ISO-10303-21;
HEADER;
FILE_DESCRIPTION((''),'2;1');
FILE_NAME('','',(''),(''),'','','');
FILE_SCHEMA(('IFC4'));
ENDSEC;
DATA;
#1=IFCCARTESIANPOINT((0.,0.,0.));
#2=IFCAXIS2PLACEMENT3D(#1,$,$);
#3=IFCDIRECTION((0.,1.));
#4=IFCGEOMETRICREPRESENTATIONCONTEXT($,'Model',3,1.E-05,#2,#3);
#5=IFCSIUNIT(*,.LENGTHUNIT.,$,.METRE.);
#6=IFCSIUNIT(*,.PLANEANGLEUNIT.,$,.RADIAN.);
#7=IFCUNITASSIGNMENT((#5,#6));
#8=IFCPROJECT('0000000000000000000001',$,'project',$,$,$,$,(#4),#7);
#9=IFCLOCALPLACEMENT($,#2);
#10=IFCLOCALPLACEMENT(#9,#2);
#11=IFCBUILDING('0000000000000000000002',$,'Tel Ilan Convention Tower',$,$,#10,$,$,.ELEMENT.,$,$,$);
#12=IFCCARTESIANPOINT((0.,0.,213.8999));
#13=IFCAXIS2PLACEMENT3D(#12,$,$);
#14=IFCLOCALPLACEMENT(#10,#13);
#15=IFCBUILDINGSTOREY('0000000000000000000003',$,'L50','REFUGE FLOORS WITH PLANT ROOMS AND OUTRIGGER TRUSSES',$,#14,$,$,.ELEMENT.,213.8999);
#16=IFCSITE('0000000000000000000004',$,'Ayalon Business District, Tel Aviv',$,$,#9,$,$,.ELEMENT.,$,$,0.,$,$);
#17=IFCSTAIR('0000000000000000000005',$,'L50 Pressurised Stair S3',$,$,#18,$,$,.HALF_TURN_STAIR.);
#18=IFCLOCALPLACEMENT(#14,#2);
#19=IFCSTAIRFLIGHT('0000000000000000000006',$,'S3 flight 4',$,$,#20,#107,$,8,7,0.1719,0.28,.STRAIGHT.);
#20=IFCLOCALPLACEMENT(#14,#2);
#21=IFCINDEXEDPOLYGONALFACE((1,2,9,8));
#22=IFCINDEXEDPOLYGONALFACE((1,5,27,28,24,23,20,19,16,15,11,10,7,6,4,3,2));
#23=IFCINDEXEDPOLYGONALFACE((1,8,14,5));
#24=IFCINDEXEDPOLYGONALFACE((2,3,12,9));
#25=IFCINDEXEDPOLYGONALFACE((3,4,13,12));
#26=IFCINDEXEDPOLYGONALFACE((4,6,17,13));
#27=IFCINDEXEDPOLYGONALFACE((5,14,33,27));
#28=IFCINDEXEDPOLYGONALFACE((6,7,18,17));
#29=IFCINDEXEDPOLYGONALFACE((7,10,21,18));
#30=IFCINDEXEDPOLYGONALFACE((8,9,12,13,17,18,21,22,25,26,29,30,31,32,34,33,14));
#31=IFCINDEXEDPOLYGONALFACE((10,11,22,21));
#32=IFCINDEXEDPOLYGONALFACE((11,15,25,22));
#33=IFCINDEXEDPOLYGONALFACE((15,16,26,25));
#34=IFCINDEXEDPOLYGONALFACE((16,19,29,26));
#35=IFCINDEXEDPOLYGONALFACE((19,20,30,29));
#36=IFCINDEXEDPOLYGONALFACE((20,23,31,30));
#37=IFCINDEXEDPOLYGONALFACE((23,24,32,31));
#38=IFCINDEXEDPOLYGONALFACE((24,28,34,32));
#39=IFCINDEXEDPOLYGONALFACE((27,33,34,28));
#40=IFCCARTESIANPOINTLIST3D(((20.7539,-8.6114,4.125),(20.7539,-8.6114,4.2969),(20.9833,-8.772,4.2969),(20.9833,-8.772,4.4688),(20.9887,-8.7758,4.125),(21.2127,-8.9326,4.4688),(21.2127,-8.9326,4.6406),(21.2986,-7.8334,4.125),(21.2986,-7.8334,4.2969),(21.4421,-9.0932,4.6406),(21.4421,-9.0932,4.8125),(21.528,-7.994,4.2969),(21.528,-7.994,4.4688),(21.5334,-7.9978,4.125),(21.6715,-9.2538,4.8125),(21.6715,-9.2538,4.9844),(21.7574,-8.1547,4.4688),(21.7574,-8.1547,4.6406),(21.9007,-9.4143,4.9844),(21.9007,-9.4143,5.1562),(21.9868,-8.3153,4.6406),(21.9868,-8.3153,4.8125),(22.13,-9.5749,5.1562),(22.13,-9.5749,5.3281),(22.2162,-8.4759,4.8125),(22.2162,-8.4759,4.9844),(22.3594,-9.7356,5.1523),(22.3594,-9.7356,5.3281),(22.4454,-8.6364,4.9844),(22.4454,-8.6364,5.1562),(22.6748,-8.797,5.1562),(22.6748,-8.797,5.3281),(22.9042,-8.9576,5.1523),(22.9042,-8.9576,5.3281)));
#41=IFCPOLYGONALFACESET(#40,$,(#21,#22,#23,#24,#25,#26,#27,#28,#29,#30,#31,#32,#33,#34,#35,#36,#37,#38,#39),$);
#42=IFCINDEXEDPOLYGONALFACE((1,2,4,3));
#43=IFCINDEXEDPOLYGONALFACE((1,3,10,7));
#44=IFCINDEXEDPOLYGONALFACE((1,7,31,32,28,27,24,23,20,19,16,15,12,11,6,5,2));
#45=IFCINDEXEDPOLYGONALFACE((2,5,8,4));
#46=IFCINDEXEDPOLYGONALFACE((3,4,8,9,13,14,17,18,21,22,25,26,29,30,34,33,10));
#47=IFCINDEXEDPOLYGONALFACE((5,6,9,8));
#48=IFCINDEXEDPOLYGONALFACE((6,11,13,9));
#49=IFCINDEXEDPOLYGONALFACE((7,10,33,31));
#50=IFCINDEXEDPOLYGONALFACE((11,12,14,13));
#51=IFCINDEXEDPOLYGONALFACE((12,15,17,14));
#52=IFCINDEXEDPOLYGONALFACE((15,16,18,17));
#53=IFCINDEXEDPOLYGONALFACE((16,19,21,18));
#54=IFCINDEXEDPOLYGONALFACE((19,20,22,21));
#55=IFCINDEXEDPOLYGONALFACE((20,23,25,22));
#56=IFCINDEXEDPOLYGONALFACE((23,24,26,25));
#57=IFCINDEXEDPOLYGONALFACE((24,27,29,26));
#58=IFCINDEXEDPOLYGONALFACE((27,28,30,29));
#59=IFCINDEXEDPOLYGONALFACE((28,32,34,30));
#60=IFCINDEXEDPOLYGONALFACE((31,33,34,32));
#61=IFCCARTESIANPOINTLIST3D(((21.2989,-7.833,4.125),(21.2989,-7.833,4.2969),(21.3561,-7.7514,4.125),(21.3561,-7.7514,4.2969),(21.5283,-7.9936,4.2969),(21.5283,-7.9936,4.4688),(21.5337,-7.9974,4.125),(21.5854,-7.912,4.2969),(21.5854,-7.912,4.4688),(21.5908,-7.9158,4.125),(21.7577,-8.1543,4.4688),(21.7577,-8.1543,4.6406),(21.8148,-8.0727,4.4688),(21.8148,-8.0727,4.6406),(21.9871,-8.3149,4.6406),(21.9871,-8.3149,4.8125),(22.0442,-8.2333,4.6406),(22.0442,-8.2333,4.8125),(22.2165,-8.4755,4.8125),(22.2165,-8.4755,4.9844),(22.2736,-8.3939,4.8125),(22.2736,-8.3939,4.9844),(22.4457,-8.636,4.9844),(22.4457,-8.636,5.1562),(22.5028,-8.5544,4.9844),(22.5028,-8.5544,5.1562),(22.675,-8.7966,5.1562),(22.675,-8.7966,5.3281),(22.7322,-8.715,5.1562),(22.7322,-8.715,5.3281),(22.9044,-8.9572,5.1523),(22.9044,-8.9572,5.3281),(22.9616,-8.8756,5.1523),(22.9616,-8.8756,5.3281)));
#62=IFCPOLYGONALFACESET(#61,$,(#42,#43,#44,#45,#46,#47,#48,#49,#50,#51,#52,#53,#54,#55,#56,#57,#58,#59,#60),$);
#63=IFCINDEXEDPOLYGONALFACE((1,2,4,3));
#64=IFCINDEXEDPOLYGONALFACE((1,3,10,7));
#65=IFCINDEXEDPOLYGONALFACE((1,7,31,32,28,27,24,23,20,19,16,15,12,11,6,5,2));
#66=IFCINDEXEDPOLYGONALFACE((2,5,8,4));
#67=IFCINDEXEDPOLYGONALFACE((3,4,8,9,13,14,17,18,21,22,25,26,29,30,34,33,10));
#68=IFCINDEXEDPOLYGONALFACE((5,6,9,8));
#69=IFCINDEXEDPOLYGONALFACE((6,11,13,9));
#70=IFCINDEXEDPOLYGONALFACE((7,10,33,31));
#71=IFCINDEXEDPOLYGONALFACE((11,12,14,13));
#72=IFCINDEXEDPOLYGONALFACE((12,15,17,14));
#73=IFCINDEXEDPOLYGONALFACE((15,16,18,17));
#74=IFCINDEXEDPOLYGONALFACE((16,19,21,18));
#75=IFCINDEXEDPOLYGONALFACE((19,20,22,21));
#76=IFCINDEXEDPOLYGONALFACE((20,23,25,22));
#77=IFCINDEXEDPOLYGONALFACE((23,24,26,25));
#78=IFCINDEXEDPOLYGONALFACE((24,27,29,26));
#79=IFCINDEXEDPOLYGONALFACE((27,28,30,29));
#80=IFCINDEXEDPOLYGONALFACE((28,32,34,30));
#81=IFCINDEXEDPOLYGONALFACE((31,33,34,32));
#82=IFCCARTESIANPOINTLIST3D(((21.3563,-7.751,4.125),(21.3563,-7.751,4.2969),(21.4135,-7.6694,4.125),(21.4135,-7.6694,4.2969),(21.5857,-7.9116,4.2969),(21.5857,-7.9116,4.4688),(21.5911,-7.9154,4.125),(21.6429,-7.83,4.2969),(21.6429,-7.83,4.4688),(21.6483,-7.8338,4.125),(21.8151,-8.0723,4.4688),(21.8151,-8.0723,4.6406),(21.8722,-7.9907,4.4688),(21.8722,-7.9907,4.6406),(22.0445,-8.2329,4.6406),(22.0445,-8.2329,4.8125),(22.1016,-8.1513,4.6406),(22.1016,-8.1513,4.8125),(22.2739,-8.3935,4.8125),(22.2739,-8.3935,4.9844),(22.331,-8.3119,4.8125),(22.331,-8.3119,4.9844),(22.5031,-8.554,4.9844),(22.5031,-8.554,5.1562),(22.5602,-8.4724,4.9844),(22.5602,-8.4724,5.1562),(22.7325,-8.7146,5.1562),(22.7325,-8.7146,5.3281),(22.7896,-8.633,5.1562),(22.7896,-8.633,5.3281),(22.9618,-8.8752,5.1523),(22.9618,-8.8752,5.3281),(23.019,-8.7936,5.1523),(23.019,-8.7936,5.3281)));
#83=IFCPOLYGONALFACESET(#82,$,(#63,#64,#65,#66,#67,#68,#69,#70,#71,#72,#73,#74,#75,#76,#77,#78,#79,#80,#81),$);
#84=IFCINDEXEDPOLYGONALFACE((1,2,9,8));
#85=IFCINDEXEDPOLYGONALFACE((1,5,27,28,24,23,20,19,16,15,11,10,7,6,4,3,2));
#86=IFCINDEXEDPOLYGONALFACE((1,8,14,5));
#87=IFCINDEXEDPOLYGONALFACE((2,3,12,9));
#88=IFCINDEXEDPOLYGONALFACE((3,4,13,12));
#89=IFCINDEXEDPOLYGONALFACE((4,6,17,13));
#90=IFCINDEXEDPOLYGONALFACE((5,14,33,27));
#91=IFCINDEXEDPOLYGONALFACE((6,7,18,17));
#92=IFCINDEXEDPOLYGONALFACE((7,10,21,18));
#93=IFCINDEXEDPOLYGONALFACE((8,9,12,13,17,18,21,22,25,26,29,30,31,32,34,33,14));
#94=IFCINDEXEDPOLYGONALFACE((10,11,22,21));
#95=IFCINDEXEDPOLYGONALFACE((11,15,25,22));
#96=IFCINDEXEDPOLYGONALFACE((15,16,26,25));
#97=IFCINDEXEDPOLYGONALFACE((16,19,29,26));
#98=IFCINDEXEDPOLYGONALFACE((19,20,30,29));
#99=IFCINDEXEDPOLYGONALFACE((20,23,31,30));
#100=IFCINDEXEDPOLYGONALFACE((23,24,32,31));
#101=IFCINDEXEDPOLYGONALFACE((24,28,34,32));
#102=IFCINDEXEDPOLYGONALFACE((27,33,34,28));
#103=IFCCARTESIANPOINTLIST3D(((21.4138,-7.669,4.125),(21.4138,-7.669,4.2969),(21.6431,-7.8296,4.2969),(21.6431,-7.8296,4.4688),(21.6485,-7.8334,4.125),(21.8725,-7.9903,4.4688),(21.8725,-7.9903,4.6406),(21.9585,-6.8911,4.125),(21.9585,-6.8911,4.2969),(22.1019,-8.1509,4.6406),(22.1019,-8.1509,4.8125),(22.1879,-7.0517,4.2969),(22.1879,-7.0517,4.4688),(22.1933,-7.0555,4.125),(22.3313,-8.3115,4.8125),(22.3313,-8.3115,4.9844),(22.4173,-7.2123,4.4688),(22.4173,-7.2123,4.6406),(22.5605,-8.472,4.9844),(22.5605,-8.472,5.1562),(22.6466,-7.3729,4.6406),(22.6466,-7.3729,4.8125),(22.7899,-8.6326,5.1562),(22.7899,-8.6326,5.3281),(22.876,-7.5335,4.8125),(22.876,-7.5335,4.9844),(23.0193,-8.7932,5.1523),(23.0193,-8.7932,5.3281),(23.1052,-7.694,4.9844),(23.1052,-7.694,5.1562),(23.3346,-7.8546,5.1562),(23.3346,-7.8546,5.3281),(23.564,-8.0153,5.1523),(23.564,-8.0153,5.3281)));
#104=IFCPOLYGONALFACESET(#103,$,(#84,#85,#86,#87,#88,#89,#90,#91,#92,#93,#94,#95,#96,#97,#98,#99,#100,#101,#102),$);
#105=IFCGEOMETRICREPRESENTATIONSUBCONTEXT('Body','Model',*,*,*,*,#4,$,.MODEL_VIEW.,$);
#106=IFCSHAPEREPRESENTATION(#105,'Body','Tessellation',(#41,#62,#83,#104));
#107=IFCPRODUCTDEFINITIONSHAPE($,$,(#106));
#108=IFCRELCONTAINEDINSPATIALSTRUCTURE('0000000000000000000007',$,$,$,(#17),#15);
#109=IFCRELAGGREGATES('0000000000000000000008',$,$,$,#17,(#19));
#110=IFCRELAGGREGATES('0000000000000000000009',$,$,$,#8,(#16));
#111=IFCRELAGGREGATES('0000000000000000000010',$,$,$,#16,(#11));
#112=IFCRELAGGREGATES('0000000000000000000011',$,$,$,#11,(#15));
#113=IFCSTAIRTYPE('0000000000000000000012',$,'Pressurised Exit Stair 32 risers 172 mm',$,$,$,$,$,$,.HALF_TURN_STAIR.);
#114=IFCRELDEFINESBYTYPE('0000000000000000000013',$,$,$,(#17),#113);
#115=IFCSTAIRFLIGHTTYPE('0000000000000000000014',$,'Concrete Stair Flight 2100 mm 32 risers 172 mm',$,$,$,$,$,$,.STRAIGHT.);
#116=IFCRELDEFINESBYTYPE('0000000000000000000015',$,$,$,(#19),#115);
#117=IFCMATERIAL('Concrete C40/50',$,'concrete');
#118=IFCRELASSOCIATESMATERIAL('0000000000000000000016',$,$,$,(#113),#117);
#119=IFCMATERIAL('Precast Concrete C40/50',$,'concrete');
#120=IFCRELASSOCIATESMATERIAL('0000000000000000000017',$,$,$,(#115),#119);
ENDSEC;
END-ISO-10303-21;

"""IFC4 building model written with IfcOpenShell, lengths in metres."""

from ifc_helpers import new_model, si_unit, direction, frame, origin, place, context, subcontext, project, spatial, polyline, outline, extrude, material, type_object, element, aggregate, save


model = new_model("IFC4")

# Units and contexts
model_context = context("Model", 3, precision=1e-05, world=origin(), true_north=direction((0.0, 1.0)))
body_context = subcontext(model_context, "Body", "Model", "MODEL_VIEW")
ifc_project = project(units=[si_unit("LENGTHUNIT", "METRE"), si_unit("PLANEANGLEUNIT", "RADIAN")], contexts=[model_context])

# Site, building, storey
site_placement = place(None, origin())
site = spatial("IfcSite", under=ifc_project, at=site_placement, Name="Ayalon Business District, Tel Aviv", CompositionType="ELEMENT", RefElevation=0.0)
building_placement = place(site_placement, origin())
building = spatial("IfcBuilding", under=site, at=building_placement, Name="Tel Ilan Convention Tower", CompositionType="ELEMENT")
storey_placement = place(building_placement, frame((0.0, 0.0, 213.8999)))
storey = spatial("IfcBuildingStorey", under=building, at=storey_placement, Name="L50", Description="REFUGE FLOORS WITH PLANT ROOMS AND OUTRIGGER TRUSSES", CompositionType="ELEMENT", Elevation=213.8999)

# Stair, stair flight
ifc_material_1 = material(Name="Concrete C40/50", Category="concrete")
stair_type = type_object("IfcStairType", Name="Pressurised Exit Stair 32 risers 172 mm", PredefinedType="HALF_TURN_STAIR", material=ifc_material_1)
stair_1_placement = place(storey_placement, origin())
stair_1 = element("IfcStair", 1, at=stair_1_placement, inside=storey, type_object=stair_type, Name="L50 Pressurised Stair S3", PredefinedType="HALF_TURN_STAIR")
ifc_material_2 = material(Name="Precast Concrete C40/50", Category="concrete")
stair_flight_type = type_object("IfcStairFlightType", Name="Concrete Stair Flight 2100 mm 32 risers 172 mm", PredefinedType="STRAIGHT", material=ifc_material_2)
stair_flight_1_placement = place(storey_placement, frame((21.3562, -7.7512, 4.125), z_axis=(0.0, 0.0, 1.0), x_axis=(0.819152, -0.573576, 0.0)))
stair_flight_1 = element("IfcStairFlight", 2, at=stair_flight_1_placement, type_object=stair_flight_type, Name="S3 flight 4", NumberOfRisers=8, NumberOfTreads=7, PredefinedType="STRAIGHT", RiserHeight=0.1719, TreadLength=0.28, context=body_context, shape_type="SweptSolid", body=[
    extrude(outline(polyline([(0.0, 0.0), (0.0, 0.1719), (0.28, 0.1719), (0.28, 0.3438), (0.5601, 0.3438), (0.5601, 0.5156), (0.8401, 0.5156), (0.8401, 0.6875), (1.1201, 0.6875), (1.1201, 0.8594), (1.3999, 0.8594), (1.3999, 1.0312), (1.6799, 1.0312), (1.6799, 1.2031), (1.96, 1.2031), (1.96, 1.375), (1.96, 1.0273), (0.2866, 0.0), (0.0, 0.0)])), frame((0.0, -0.1003, 0.0), z_axis=(0.0, -1.0, 0.0), x_axis=(1.0, 0.0, 0.0)), (0.0, 0.0, 1.0), 0.9497),
    extrude(outline(polyline([(0.0, 0.0), (0.0, 0.1719), (0.28, 0.1719), (0.28, 0.3438), (0.5601, 0.3438), (0.5601, 0.5156), (0.8401, 0.5156), (0.8401, 0.6875), (1.1201, 0.6875), (1.1201, 0.8594), (1.3999, 0.8594), (1.3999, 1.0312), (1.6799, 1.0312), (1.6799, 1.2031), (1.96, 1.2031), (1.96, 1.375), (1.96, 1.0273), (0.2866, 0.0), (0.0, 0.0)])), frame((0.0, -0.0002, 0.0), z_axis=(0.0, -1.0, 0.0), x_axis=(1.0, 0.0, 0.0)), (0.0, 0.0, 1.0), 0.0996),
    extrude(outline(polyline([(0.0, 0.0), (0.0, 0.1719), (0.28, 0.1719), (0.28, 0.3438), (0.5601, 0.3438), (0.5601, 0.5156), (0.8401, 0.5156), (0.8401, 0.6875), (1.1201, 0.6875), (1.1201, 0.8594), (1.3999, 0.8594), (1.3999, 1.0312), (1.6799, 1.0312), (1.6799, 1.2031), (1.96, 1.2031), (1.96, 1.375), (1.96, 1.0273), (0.2866, 0.0), (0.0, 0.0)])), frame((0.0, 0.0999, 0.0), z_axis=(0.0, -1.0, 0.0), x_axis=(1.0, 0.0, 0.0)), (0.0, 0.0, 1.0), 0.0996),
    extrude(outline(polyline([(0.0, 0.0), (0.0, 0.1719), (0.28, 0.1719), (0.28, 0.3438), (0.5601, 0.3438), (0.5601, 0.5156), (0.8401, 0.5156), (0.8401, 0.6875), (1.1201, 0.6875), (1.1201, 0.8594), (1.3999, 0.8594), (1.3999, 1.0312), (1.6799, 1.0312), (1.6799, 1.2031), (1.96, 1.2031), (1.96, 1.375), (1.96, 1.0273), (0.2866, 0.0), (0.0, 0.0)])), frame((0.0, 1.05, 0.0), z_axis=(0.0, -1.0, 0.0), x_axis=(1.0, 0.0, 0.0)), (0.0, 0.0, 1.0), 0.9497),
])
aggregate(stair_1, [stair_flight_1])

save(model, "model.ifc")
